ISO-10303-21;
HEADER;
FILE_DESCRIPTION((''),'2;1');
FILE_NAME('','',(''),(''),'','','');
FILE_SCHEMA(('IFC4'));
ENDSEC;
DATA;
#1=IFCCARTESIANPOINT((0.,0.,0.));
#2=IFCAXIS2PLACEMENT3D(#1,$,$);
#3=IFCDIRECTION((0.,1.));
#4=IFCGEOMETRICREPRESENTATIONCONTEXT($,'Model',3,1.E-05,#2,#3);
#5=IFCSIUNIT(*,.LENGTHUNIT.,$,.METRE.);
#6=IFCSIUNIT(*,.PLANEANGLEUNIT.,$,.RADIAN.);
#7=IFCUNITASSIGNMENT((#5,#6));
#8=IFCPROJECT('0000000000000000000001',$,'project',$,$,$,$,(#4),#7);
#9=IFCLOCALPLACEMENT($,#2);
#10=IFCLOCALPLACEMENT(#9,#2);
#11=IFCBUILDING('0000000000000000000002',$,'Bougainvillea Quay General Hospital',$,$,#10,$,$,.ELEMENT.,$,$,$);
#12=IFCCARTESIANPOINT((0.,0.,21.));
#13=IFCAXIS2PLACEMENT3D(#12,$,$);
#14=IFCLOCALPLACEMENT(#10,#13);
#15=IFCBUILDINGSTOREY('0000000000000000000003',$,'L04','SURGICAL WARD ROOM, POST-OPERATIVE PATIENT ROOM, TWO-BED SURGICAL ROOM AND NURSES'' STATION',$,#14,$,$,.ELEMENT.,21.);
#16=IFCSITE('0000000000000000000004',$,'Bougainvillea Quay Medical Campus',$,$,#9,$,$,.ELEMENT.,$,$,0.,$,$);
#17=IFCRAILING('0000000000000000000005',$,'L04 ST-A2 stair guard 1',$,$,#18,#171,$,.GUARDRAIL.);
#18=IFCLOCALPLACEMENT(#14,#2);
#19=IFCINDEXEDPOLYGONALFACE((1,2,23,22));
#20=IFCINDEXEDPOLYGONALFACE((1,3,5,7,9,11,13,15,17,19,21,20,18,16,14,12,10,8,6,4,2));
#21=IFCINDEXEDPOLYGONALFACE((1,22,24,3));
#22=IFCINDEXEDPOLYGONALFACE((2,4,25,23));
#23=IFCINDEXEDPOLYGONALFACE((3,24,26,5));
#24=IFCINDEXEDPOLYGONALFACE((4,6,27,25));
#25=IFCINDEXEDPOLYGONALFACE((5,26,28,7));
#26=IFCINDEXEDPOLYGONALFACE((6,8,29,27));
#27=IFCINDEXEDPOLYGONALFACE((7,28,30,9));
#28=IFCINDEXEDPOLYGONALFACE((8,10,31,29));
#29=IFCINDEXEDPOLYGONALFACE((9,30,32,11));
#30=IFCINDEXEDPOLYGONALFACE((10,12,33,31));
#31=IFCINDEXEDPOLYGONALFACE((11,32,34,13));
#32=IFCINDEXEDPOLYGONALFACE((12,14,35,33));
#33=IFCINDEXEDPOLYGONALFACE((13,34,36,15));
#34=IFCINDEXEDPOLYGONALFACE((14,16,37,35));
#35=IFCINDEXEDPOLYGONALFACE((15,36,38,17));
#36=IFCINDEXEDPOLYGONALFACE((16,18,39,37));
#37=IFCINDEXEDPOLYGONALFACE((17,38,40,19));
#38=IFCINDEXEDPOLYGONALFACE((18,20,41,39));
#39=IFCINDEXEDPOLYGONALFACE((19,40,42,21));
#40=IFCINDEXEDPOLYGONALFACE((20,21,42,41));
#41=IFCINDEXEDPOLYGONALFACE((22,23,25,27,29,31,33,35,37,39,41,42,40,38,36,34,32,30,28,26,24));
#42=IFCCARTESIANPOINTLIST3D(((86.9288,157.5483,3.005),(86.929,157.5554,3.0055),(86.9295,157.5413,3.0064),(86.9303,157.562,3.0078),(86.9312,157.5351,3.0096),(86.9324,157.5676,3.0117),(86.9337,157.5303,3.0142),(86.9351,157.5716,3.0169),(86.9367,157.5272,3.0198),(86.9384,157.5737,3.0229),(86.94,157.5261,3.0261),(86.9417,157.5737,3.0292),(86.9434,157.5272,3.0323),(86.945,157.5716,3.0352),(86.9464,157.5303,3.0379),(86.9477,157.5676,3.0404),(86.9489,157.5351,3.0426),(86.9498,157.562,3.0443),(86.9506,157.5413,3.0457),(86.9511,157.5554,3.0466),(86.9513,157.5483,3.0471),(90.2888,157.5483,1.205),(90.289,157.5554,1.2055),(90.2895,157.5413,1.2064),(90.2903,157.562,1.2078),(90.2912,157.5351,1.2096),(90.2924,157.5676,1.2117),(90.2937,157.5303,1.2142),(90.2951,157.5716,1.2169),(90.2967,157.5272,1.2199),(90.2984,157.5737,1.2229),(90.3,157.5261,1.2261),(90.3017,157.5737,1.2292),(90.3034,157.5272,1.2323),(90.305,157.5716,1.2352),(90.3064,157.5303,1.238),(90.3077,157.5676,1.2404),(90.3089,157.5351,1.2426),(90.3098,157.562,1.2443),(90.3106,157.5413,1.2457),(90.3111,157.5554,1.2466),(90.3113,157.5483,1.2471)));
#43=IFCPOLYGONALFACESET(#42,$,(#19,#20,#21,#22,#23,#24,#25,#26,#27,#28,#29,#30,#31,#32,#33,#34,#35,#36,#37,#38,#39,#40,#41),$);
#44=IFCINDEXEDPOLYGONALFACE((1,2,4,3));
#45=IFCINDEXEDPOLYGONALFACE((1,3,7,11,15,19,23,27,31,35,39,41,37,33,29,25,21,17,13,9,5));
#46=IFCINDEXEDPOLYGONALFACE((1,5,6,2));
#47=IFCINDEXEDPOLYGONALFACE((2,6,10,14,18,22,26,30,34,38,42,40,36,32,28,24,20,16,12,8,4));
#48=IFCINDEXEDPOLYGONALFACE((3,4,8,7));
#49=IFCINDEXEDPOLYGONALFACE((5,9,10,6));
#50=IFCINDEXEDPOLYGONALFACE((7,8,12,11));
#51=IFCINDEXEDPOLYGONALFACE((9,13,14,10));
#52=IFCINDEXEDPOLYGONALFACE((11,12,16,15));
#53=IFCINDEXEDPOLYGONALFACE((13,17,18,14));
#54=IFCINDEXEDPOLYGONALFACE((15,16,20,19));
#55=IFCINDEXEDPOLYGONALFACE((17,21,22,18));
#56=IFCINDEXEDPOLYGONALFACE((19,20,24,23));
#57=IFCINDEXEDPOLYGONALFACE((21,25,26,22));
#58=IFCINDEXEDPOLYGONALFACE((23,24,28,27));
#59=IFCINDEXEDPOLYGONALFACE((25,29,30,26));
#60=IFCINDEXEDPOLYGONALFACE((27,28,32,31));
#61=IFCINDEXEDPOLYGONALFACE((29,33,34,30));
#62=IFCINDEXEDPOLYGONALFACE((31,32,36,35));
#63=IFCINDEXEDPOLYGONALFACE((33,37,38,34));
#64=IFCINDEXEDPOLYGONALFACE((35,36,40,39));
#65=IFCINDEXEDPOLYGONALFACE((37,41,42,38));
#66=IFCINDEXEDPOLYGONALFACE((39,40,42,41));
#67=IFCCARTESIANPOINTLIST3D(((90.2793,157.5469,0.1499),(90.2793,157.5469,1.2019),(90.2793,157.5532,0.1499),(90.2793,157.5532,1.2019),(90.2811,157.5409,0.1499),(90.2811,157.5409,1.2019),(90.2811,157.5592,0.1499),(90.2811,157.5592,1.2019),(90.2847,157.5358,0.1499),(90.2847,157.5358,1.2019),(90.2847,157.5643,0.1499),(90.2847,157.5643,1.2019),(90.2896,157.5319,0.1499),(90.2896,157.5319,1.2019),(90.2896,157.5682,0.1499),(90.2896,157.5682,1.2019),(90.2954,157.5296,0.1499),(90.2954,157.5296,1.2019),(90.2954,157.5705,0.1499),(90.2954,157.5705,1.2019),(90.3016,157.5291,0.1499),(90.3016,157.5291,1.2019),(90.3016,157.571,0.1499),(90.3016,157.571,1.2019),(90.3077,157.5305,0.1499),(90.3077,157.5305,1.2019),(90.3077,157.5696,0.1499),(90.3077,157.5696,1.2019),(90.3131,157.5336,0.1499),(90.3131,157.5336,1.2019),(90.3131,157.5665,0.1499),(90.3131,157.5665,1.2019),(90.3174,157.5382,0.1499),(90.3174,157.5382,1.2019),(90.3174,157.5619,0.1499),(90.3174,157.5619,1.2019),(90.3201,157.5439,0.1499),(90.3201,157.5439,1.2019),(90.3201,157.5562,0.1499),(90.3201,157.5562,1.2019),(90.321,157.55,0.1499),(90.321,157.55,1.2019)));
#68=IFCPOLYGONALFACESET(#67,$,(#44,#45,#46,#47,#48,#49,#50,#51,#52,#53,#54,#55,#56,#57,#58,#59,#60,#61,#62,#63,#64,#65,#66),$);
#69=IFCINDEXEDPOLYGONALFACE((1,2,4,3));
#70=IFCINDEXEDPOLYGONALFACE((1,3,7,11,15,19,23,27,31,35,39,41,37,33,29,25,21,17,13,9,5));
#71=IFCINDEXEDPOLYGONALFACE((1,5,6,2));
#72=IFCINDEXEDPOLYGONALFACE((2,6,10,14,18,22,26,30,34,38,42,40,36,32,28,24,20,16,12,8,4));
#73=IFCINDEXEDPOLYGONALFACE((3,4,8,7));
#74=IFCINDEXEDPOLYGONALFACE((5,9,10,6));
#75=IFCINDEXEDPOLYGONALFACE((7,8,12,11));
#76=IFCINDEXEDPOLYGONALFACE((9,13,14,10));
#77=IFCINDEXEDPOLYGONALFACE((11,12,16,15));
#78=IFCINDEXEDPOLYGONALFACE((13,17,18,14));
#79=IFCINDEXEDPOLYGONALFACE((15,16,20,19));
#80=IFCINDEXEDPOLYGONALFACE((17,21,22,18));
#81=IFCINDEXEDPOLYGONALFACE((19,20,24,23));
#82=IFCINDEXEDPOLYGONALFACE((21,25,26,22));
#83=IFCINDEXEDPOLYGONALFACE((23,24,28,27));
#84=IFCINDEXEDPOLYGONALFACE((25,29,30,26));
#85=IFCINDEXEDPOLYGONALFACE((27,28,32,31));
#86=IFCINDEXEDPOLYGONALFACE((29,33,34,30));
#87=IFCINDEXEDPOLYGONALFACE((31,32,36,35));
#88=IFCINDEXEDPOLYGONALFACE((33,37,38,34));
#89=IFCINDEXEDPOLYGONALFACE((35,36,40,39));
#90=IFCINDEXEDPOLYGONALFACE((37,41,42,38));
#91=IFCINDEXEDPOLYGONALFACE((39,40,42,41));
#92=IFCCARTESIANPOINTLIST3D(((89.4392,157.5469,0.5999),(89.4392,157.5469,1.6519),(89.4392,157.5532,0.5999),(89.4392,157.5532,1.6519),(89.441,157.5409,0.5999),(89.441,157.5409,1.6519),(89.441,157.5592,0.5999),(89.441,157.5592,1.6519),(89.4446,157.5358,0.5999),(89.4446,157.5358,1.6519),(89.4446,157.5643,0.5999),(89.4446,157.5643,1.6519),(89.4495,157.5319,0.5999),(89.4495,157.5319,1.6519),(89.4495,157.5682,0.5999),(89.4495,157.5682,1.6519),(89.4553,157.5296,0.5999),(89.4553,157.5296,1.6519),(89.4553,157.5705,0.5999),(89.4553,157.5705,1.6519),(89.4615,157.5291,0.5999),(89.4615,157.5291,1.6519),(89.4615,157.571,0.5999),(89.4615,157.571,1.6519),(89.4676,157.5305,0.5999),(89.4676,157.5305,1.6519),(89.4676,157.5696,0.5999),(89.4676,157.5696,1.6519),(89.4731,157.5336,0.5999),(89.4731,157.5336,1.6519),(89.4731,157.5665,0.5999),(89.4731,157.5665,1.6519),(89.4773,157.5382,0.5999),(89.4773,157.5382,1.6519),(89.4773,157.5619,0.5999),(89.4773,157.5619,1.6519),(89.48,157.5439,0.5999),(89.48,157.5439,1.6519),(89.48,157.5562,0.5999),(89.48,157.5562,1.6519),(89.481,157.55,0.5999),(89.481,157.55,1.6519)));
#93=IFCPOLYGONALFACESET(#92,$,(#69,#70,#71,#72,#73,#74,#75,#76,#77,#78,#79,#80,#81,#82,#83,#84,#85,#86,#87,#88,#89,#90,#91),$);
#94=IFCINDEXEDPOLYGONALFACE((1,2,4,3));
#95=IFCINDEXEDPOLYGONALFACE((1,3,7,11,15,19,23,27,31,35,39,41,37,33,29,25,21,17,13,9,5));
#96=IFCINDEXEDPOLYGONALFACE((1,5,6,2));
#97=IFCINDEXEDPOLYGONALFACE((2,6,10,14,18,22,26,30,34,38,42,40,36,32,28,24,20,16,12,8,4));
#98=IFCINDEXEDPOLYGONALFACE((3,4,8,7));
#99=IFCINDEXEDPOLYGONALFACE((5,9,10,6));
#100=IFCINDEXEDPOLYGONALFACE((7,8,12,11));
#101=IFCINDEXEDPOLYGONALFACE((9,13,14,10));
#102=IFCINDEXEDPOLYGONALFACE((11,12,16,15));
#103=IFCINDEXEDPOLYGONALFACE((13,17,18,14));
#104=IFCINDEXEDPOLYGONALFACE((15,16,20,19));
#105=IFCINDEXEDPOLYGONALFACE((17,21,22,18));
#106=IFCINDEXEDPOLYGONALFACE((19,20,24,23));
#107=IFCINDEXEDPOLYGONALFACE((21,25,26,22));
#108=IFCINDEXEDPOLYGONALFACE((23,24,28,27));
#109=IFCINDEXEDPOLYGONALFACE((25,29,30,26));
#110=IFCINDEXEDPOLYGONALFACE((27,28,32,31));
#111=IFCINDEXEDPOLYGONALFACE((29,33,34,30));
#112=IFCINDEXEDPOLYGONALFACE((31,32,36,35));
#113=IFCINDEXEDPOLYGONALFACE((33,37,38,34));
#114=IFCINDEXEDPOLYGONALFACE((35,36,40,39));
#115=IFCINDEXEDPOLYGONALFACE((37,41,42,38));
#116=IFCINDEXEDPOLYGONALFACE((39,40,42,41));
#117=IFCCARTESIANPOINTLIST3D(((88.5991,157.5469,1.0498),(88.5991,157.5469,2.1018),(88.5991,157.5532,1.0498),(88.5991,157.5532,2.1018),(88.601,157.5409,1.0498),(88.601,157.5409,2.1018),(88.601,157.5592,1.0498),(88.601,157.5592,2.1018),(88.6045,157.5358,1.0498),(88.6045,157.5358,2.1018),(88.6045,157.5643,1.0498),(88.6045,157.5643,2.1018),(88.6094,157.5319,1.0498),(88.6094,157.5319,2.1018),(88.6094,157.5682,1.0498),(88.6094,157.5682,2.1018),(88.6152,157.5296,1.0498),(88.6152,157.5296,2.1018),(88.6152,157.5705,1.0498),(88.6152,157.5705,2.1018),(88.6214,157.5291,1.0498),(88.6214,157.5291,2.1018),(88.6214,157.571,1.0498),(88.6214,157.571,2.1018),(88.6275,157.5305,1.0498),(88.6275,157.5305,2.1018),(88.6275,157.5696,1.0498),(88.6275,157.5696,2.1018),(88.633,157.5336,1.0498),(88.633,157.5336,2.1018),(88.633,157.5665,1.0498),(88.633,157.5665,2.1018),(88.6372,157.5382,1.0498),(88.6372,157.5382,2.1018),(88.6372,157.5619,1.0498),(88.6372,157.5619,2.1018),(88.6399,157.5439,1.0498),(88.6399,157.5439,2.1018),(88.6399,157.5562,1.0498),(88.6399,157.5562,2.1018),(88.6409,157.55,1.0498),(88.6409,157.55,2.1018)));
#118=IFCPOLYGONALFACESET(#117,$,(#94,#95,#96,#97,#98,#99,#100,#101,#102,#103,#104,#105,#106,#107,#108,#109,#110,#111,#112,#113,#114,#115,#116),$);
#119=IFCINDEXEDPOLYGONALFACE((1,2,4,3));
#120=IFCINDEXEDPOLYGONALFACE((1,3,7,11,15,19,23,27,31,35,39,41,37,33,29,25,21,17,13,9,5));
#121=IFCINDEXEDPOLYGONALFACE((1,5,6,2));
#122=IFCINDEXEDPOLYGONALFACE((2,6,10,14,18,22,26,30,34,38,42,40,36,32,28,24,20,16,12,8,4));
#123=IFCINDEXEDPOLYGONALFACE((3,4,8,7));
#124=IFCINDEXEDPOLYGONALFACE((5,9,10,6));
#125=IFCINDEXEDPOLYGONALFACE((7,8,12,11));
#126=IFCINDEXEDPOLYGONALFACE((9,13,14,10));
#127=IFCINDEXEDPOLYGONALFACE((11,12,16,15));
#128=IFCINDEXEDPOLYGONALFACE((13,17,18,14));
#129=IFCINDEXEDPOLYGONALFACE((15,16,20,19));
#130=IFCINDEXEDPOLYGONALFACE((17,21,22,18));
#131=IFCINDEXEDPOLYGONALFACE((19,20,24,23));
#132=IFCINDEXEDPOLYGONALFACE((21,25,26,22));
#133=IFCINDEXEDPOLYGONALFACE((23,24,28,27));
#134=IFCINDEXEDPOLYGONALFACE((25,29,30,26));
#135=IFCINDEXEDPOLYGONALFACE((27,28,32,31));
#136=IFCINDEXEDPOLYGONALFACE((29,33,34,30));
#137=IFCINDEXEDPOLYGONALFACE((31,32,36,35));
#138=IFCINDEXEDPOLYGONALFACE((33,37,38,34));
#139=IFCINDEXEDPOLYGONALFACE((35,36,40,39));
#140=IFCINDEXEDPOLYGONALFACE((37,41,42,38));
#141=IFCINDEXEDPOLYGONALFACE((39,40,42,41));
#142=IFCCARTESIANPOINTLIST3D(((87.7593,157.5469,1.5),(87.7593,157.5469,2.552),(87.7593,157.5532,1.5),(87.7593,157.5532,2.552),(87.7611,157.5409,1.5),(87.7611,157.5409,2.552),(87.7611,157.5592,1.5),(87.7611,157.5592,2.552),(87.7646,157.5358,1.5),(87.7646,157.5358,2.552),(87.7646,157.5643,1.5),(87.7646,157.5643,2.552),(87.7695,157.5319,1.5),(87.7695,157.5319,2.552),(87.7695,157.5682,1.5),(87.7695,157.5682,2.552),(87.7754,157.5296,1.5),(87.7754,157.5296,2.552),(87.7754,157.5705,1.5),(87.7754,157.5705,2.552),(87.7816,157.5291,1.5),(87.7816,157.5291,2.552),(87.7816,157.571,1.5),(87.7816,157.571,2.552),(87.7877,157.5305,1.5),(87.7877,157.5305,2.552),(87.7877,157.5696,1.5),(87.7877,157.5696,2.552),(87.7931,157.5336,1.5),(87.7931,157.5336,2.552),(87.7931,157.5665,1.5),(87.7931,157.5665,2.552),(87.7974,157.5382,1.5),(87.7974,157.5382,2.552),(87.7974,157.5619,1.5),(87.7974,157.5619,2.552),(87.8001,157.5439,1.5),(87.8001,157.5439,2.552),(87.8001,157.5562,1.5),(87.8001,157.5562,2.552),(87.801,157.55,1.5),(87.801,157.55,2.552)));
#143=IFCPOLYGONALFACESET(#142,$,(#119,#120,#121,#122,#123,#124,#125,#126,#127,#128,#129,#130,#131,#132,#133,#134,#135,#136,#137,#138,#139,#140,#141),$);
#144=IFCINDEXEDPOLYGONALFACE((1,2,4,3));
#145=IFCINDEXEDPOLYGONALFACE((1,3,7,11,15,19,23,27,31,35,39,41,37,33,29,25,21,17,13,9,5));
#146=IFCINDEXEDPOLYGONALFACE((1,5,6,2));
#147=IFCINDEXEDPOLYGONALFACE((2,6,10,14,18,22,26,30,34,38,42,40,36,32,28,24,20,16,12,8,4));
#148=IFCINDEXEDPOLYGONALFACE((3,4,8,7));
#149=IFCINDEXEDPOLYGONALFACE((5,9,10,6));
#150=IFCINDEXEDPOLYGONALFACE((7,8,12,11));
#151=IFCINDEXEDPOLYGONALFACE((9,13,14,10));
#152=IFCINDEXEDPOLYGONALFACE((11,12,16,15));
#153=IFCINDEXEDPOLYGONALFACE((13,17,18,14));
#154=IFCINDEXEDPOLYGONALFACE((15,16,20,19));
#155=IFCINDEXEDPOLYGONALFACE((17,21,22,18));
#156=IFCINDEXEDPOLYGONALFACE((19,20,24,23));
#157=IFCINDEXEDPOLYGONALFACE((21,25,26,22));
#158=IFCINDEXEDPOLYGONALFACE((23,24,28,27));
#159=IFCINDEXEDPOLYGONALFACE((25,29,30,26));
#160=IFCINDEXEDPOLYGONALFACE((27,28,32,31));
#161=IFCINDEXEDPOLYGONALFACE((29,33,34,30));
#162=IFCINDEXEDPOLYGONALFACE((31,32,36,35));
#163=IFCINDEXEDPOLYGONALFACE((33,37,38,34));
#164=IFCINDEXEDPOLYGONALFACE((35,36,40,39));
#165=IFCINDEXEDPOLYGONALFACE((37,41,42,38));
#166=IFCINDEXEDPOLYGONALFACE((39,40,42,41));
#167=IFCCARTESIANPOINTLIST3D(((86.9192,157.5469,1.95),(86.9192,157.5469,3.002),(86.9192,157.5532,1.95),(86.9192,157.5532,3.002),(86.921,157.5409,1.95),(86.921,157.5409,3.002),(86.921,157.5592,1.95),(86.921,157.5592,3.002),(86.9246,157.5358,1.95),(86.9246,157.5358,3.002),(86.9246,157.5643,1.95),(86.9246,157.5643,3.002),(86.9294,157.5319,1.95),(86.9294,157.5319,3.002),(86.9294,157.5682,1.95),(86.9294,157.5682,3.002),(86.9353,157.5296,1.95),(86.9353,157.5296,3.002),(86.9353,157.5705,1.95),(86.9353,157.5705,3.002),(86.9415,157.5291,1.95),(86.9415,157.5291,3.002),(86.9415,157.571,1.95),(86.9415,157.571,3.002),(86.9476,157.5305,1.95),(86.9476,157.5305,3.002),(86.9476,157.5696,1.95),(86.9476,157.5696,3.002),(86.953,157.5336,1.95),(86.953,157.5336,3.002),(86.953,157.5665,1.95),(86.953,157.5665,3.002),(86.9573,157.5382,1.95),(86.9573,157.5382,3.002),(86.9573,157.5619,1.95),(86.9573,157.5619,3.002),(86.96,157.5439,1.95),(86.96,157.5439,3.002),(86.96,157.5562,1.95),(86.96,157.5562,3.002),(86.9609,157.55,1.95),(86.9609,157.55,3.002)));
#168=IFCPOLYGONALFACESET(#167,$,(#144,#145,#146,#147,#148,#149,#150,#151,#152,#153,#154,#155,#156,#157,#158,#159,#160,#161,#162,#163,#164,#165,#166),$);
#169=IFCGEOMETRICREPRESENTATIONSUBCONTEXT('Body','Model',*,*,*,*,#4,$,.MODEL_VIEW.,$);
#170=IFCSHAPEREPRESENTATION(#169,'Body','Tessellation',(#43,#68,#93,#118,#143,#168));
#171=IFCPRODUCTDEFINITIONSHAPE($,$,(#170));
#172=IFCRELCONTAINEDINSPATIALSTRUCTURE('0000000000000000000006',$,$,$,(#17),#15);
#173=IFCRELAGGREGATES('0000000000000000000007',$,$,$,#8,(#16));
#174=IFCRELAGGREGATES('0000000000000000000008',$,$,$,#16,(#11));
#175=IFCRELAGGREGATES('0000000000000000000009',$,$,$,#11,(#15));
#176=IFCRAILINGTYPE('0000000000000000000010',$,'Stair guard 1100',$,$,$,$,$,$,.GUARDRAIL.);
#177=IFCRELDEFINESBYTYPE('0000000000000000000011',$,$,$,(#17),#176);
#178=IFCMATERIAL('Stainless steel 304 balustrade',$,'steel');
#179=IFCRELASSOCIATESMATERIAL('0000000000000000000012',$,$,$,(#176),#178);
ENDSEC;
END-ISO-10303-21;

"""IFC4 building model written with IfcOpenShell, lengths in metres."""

from ifc_helpers import new_model, si_unit, direction, frame, origin, origin_2d, place, context, subcontext, project, spatial, circle, extrude, material, type_object, element, save


model = new_model("IFC4")

# Units and contexts
model_context = context("Model", 3, precision=1e-05, world=origin(), true_north=direction((0.0, 1.0)))
body_context = subcontext(model_context, "Body", "Model", "MODEL_VIEW")
ifc_project = project(units=[si_unit("LENGTHUNIT", "METRE"), si_unit("PLANEANGLEUNIT", "RADIAN")], contexts=[model_context])

# Site, building, storey
site_placement = place(None, origin())
site = spatial("IfcSite", under=ifc_project, at=site_placement, Name="Bougainvillea Quay Medical Campus", CompositionType="ELEMENT", RefElevation=0.0)
building_placement = place(site_placement, origin())
building = spatial("IfcBuilding", under=site, at=building_placement, Name="Bougainvillea Quay General Hospital", CompositionType="ELEMENT")
storey_placement = place(building_placement, frame((0.0, 0.0, 21.0)))
storey = spatial("IfcBuildingStorey", under=building, at=storey_placement, Name="L04", Description="SURGICAL WARD ROOM, POST-OPERATIVE PATIENT ROOM, TWO-BED SURGICAL ROOM AND NURSES' STATION", CompositionType="ELEMENT", Elevation=21.0)

# Railing
ifc_material_1 = material(Name="Stainless steel 304 balustrade", Category="steel")
railing_type_1 = type_object("IfcRailingType", Name="Stair guard 1100", PredefinedType="GUARDRAIL", material=ifc_material_1)
railing_1_placement = place(storey_placement, frame((90.3, 157.55, 0.1499)))
element("IfcRailing", 1, at=railing_1_placement, inside=storey, type_object=railing_type_1, Name="L04 ST-A2 stair guard 1", PredefinedType="GUARDRAIL", context=body_context, shape_type="SweptSolid", body=[
    extrude(circle(Radius=0.0239, at=origin_2d()), frame((0.0, 0.0, 1.0762), z_axis=(-0.881481, 0.0, 0.47222), x_axis=(0.0, -1.0, 0.0)), (0.0, 0.0, 1.0), 3.8118),
    extrude(circle(Radius=0.021, at=origin_2d()), origin(), (0.0, 0.0, 1.0), 1.052),
    extrude(circle(Radius=0.021, at=origin_2d()), frame((-0.8401, 0.0, 0.45)), (0.0, 0.0, 1.0), 1.052),
    extrude(circle(Radius=0.021, at=origin_2d()), frame((-1.6802, 0.0, 0.8999)), (0.0, 0.0, 1.0), 1.052),
    extrude(circle(Radius=0.021, at=origin_2d()), frame((-2.52, 0.0, 1.3501)), (0.0, 0.0, 1.0), 1.052),
    extrude(circle(Radius=0.021, at=origin_2d()), frame((-3.3601, 0.0, 1.8)), (0.0, 0.0, 1.0), 1.052),
])

save(model, "model.ifc")
